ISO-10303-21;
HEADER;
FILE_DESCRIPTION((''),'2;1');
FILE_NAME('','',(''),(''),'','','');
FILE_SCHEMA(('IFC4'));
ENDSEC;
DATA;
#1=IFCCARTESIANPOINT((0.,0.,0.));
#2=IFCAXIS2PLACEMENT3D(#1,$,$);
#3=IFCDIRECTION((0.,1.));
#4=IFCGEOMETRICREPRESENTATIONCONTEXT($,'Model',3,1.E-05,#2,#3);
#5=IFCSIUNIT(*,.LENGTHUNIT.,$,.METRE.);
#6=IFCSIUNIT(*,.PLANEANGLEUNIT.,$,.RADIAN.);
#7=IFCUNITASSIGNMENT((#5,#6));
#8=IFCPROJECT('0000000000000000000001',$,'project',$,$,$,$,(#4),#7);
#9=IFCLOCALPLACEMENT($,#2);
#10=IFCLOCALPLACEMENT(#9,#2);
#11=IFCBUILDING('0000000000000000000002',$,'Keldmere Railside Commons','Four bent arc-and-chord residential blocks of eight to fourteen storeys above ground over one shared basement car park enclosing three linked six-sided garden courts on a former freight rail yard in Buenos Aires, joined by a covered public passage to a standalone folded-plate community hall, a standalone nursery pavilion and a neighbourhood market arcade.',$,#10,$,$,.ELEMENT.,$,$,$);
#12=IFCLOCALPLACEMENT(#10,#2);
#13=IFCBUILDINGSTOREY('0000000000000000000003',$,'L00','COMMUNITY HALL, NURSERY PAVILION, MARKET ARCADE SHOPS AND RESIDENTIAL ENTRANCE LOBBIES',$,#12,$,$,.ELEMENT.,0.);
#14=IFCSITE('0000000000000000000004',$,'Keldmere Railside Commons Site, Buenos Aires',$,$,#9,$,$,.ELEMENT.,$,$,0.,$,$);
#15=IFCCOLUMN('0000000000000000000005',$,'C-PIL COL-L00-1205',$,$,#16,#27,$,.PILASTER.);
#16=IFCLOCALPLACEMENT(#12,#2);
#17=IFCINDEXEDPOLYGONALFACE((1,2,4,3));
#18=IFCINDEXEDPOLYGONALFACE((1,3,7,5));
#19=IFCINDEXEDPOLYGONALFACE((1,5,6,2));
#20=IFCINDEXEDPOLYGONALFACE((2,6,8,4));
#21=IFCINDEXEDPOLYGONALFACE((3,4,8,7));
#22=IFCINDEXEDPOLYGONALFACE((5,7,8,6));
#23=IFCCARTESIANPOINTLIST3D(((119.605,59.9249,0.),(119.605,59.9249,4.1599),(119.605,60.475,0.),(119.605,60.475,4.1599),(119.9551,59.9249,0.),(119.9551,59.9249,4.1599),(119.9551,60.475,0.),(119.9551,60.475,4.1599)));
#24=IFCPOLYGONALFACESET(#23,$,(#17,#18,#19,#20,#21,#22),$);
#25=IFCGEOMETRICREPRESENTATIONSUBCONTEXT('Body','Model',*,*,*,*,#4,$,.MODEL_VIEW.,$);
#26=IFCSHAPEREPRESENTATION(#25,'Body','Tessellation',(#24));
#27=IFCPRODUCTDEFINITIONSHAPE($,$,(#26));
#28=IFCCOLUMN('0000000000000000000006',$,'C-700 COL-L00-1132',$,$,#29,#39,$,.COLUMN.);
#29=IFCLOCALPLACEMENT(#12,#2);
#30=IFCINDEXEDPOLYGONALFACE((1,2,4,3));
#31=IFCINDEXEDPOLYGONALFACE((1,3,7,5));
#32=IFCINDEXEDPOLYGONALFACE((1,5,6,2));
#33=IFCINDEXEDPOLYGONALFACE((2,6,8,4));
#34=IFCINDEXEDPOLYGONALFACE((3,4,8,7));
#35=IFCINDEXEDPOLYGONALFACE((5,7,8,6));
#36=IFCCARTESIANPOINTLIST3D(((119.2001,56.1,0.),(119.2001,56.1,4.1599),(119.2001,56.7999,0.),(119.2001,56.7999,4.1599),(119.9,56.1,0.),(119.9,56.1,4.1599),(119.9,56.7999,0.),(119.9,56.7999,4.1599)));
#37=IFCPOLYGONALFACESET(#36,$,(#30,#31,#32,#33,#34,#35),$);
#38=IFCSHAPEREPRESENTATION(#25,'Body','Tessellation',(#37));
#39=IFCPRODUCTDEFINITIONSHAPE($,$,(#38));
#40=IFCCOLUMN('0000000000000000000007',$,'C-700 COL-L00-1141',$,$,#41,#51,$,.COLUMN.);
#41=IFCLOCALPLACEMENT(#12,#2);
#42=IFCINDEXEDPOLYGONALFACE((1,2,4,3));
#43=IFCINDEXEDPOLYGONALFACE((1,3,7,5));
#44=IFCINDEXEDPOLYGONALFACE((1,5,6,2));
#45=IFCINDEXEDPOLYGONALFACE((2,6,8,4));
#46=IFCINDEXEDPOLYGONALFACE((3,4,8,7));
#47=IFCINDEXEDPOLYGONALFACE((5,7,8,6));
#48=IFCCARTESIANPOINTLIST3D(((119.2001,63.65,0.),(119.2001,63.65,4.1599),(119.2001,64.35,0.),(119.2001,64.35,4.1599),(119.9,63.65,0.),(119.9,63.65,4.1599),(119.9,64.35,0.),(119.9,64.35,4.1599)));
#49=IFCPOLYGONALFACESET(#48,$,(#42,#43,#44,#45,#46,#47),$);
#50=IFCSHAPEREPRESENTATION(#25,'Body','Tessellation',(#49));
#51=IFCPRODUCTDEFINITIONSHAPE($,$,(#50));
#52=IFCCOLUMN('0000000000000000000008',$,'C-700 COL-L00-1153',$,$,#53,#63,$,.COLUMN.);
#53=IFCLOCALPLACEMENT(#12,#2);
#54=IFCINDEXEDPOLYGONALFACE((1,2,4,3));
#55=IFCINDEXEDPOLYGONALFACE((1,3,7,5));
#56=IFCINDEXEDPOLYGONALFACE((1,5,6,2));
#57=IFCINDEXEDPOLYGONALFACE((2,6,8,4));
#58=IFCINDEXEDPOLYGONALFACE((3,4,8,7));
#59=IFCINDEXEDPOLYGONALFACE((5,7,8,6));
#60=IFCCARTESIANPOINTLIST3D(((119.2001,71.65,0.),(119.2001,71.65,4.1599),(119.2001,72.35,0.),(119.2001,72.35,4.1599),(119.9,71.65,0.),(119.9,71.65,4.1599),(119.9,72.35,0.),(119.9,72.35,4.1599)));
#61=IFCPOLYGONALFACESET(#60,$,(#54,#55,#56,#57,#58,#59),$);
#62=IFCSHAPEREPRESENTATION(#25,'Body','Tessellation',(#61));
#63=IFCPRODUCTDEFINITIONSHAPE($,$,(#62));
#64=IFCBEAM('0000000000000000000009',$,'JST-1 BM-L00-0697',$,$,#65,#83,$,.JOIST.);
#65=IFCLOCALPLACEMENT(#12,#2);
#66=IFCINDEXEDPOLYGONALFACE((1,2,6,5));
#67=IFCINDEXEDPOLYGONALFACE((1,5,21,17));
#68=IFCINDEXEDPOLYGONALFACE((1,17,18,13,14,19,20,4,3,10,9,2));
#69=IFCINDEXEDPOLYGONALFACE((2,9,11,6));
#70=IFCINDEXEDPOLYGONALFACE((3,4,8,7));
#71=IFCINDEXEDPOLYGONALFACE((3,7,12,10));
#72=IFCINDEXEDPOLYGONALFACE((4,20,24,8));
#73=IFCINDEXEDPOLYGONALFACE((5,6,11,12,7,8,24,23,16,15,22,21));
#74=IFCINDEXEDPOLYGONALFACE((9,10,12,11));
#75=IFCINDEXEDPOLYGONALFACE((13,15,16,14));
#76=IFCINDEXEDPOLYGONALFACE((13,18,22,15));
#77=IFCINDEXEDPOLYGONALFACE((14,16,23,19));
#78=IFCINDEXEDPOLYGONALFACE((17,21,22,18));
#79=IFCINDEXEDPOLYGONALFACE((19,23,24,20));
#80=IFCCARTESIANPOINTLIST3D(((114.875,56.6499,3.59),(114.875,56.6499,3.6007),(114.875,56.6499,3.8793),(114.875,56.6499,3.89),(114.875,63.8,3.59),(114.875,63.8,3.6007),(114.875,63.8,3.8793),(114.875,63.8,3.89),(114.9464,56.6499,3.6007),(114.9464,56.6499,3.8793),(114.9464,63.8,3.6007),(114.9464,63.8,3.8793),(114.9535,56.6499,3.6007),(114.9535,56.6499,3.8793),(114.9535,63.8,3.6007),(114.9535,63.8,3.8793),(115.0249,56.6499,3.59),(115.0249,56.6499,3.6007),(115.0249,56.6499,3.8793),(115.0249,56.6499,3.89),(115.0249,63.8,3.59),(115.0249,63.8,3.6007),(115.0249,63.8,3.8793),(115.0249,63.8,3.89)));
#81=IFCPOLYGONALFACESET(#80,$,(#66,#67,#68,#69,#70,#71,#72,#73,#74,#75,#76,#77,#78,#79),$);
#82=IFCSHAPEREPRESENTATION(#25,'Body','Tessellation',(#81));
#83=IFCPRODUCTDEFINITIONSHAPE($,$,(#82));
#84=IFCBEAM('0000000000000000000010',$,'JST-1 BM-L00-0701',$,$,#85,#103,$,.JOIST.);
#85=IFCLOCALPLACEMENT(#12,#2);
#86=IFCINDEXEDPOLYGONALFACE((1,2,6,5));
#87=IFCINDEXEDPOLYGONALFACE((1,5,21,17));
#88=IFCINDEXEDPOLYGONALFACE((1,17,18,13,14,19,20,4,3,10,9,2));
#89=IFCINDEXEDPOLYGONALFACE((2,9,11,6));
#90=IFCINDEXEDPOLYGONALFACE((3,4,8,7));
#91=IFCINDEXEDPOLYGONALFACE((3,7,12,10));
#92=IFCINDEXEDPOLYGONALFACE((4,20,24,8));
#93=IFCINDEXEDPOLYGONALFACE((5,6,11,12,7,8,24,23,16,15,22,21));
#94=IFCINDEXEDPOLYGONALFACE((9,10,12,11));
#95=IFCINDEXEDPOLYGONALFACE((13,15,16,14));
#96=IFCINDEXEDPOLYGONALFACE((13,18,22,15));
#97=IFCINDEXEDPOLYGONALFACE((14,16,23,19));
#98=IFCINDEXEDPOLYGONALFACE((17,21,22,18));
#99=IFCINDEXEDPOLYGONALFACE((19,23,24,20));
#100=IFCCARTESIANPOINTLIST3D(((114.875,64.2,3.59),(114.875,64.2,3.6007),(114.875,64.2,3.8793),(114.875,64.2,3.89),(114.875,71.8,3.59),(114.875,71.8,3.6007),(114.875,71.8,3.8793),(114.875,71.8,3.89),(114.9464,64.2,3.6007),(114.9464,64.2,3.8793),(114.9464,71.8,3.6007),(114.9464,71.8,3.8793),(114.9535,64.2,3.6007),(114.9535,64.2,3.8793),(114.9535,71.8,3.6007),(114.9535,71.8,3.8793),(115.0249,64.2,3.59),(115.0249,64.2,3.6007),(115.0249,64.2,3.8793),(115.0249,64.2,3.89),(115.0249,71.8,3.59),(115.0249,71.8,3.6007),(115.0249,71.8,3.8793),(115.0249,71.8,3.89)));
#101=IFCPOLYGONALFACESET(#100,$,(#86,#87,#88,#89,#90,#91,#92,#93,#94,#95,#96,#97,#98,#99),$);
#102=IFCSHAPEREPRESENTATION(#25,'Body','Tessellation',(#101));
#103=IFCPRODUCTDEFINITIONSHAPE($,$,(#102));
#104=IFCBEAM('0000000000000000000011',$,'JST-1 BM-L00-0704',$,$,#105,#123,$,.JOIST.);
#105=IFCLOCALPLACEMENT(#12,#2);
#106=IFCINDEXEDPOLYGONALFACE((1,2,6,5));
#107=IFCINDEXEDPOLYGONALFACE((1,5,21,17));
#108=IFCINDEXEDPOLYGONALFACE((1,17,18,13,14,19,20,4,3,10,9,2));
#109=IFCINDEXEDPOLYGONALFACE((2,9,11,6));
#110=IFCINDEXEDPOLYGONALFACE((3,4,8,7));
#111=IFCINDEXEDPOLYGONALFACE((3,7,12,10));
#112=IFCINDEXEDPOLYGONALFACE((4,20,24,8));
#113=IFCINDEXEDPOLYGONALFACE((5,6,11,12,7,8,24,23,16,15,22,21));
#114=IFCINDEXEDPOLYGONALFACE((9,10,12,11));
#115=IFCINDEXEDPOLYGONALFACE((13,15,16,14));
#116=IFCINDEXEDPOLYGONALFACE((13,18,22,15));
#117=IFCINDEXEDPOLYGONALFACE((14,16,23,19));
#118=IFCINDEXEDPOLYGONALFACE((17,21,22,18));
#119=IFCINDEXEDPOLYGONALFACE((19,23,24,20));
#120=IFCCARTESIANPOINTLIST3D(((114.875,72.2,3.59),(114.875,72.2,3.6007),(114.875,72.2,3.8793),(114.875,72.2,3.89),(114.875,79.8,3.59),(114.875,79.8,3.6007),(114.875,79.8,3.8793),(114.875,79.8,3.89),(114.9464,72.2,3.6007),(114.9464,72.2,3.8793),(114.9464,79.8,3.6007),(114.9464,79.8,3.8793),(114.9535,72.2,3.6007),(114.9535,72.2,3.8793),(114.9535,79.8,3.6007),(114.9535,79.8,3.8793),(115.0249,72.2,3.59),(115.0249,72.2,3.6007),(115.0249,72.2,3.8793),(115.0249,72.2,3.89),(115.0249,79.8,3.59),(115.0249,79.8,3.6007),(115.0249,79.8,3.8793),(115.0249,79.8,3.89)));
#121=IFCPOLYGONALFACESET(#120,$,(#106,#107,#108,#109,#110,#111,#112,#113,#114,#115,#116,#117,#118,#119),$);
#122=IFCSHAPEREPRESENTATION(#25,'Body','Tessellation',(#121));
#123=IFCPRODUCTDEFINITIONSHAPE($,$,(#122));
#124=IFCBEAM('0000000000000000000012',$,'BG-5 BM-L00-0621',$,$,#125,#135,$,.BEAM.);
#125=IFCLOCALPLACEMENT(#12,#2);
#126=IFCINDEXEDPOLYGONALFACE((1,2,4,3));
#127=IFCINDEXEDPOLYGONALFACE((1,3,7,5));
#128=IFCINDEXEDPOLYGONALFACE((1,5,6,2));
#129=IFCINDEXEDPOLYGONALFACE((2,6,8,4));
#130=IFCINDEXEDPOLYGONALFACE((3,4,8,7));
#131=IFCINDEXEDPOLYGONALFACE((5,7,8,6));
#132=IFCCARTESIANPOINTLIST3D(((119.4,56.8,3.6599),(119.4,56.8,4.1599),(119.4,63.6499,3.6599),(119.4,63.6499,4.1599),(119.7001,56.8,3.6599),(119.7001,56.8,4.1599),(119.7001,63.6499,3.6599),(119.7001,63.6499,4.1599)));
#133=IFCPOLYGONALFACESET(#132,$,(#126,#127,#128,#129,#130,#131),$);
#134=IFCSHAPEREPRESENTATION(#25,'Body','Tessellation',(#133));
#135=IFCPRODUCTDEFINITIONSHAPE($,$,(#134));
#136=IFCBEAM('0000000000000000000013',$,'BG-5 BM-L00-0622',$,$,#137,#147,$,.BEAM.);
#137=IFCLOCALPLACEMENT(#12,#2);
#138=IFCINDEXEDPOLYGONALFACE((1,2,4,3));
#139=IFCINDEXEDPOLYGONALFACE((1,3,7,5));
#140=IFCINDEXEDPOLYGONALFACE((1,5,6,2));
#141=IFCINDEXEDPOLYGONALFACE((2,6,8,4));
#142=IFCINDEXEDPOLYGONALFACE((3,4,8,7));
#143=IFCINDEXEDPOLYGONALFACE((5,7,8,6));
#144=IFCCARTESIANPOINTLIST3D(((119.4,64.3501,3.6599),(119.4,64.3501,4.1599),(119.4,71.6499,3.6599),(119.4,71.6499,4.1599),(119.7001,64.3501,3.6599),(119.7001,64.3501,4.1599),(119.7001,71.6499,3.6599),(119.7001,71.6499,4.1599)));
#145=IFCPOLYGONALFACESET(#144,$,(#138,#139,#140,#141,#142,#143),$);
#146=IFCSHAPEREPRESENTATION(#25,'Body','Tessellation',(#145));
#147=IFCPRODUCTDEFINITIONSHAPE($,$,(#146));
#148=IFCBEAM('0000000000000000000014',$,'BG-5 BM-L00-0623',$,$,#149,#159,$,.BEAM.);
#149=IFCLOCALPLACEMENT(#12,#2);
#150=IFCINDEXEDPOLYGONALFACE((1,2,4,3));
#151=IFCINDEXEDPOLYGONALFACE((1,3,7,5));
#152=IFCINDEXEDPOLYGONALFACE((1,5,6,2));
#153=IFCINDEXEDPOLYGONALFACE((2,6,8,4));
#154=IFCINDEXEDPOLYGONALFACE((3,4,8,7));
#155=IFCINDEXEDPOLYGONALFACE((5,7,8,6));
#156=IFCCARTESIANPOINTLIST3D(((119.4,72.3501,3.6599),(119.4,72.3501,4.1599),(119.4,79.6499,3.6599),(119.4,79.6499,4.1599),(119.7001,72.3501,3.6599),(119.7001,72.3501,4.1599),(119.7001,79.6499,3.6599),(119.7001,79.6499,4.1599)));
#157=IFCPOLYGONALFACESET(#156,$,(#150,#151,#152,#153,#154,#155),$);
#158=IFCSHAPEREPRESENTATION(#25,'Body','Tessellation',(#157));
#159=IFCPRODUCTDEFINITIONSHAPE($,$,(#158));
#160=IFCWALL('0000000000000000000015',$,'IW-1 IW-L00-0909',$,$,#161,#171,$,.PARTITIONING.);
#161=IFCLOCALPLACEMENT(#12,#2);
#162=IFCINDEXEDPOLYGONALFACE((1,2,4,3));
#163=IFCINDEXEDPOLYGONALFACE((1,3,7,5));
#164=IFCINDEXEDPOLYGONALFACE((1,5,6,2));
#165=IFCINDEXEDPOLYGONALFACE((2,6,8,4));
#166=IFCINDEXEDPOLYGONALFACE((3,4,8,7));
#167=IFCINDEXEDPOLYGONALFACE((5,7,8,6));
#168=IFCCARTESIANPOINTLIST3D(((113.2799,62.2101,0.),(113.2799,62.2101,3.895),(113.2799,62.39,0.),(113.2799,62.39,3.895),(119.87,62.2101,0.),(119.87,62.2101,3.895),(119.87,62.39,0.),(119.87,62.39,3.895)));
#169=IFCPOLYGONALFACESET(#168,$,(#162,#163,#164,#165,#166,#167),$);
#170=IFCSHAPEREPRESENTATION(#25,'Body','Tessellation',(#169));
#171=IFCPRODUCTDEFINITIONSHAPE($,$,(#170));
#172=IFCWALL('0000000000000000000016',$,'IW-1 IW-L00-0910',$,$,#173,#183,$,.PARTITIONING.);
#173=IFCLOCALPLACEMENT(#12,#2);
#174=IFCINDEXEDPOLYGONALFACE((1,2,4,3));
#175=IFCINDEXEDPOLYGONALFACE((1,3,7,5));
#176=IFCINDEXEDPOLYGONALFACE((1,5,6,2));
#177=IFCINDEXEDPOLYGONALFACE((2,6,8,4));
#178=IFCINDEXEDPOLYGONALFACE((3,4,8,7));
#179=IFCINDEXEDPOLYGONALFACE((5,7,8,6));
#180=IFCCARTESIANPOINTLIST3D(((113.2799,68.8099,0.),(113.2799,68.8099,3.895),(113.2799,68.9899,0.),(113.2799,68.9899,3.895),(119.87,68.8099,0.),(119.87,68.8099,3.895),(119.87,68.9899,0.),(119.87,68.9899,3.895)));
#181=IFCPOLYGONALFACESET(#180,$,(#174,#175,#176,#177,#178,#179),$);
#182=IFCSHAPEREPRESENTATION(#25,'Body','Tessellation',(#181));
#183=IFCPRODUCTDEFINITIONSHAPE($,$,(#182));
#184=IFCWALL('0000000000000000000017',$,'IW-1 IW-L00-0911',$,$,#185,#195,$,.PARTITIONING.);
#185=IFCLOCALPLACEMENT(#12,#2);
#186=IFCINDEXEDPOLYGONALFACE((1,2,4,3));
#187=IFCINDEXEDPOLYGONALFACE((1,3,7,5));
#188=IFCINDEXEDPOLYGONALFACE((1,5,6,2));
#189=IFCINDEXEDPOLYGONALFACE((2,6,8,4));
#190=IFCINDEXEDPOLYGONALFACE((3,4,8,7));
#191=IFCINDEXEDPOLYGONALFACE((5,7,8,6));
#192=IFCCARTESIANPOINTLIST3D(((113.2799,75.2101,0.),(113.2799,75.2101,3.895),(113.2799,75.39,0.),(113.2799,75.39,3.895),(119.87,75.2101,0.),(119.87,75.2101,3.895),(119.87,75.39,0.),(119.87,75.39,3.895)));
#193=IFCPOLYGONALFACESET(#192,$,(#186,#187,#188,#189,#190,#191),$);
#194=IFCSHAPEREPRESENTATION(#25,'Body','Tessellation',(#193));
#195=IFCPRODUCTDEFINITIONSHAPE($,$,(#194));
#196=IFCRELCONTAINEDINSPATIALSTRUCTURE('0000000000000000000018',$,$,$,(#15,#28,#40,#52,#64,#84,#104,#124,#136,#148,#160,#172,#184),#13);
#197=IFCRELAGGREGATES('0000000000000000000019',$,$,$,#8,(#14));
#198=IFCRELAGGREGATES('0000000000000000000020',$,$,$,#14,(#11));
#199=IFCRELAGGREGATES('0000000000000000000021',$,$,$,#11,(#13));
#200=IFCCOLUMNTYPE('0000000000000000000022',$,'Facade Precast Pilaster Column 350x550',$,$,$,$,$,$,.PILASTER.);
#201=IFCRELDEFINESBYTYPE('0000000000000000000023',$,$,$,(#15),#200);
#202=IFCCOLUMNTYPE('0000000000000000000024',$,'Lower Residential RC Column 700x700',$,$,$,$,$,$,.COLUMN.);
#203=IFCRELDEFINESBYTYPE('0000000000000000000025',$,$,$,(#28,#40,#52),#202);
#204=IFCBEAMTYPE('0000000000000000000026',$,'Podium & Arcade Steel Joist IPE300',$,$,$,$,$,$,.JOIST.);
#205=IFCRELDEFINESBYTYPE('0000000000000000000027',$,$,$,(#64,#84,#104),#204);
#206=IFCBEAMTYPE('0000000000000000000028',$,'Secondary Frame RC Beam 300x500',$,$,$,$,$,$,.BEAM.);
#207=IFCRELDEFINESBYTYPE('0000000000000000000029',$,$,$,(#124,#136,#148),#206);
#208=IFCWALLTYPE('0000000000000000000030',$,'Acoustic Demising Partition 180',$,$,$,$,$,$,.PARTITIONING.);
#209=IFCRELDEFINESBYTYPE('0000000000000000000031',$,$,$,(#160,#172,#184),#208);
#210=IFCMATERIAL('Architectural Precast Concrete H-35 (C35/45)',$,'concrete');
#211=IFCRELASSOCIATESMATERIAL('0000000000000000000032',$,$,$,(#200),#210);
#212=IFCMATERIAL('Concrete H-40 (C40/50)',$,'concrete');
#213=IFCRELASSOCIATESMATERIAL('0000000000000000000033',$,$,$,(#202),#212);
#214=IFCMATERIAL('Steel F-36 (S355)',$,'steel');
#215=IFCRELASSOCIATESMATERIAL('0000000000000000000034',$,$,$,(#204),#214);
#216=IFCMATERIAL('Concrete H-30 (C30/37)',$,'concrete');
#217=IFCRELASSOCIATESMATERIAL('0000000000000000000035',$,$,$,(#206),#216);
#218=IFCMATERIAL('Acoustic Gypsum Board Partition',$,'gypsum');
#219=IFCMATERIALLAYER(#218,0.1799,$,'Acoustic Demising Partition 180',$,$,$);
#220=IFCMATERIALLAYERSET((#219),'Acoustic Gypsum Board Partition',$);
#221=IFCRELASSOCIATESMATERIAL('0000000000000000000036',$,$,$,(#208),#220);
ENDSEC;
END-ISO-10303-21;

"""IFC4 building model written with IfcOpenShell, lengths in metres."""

from ifc_helpers import new_model, si_unit, direction, frame, frame_2d, origin, origin_2d, place, context, subcontext, project, spatial, rectangle, i_section, extrude, material, layer, layer_set, material_profile, profile_set, type_object, element, save


model = new_model("IFC4")

# Units and contexts
model_context = context("Model", 3, precision=1e-05, world=origin(), true_north=direction((0.0, 1.0)))
body_context = subcontext(model_context, "Body", "Model", "MODEL_VIEW")
ifc_project = project(units=[si_unit("LENGTHUNIT", "METRE"), si_unit("PLANEANGLEUNIT", "RADIAN")], contexts=[model_context])

# Site, building, storey
site_placement = place(None, origin())
site = spatial("IfcSite", under=ifc_project, at=site_placement, Name="Keldmere Railside Commons Site, Buenos Aires", CompositionType="ELEMENT", RefElevation=0.0)
building_placement = place(site_placement, origin())
building = spatial("IfcBuilding", under=site, at=building_placement, Name="Keldmere Railside Commons", Description="Four bent arc-and-chord residential blocks of eight to fourteen storeys above ground over one shared basement car park enclosing three linked six-sided garden courts on a former freight rail yard in Buenos Aires, joined by a covered public passage to a standalone folded-plate community hall, a standalone nursery pavilion and a neighbourhood market arcade.", CompositionType="ELEMENT")
storey_placement = place(building_placement, origin())
storey = spatial("IfcBuildingStorey", under=building, at=storey_placement, Name="L00", Description="COMMUNITY HALL, NURSERY PAVILION, MARKET ARCADE SHOPS AND RESIDENTIAL ENTRANCE LOBBIES", CompositionType="ELEMENT", Elevation=0.0)

# Columns
ifc_material_1 = material(Name="Architectural Precast Concrete H-35 (C35/45)", Category="concrete")
ifc_material_profile_1 = material_profile(ifc_material_1, rectangle(XDim=0.3501, YDim=0.55, at=origin_2d()), Name="RC-350x550")
ifc_profile_set_1 = profile_set([ifc_material_profile_1], Name="Architectural Precast Concrete H-35 (C35/45)")
column_type_1 = type_object("IfcColumnType", Name="Facade Precast Pilaster Column 350x550", PredefinedType="PILASTER", material=ifc_profile_set_1)
column_placement = place(storey_placement, frame((119.78, 60.2, 0.0), z_axis=(0.0, 0.0, 1.0), x_axis=(1.0, 0.0, 0.0)))
element("IfcColumn", 1, at=column_placement, inside=storey, type_object=column_type_1, Name="C-PIL COL-L00-1205", PredefinedType="PILASTER", context=body_context, shape_type="SweptSolid", body=[
    extrude(rectangle(XDim=0.3501, YDim=0.55, at=origin_2d()), origin(), (0.0, 0.0, 1.0), 4.1599),
])
ifc_material_2 = material(Name="Concrete H-40 (C40/50)", Category="concrete")
ifc_material_profile_2 = material_profile(ifc_material_2, rectangle(XDim=0.7, YDim=0.7, at=origin_2d()), Name="RC-700x700")
ifc_profile_set_2 = profile_set([ifc_material_profile_2], Name="Concrete H-40 (C40/50)")
column_type_2 = type_object("IfcColumnType", Name="Lower Residential RC Column 700x700", PredefinedType="COLUMN", material=ifc_profile_set_2)
for number, where, z_axis, x_axis, name in (
    (2, (119.55, 56.45, 0.0), (0.0, 0.0, 1.0), (1.0, 0.0, 0.0), "C-700 COL-L00-1132"),
    (3, (119.55, 64.0, 0.0), (0.0, 0.0, 1.0), (1.0, 0.0, 0.0), "C-700 COL-L00-1141"),
    (4, (119.55, 72.0, 0.0), (0.0, 0.0, 1.0), (1.0, 0.0, 0.0), "C-700 COL-L00-1153"),
):
    element("IfcColumn", number, at=place(storey_placement, frame(where, z_axis=z_axis, x_axis=x_axis)), inside=storey, type_object=column_type_2, Name=name, PredefinedType="COLUMN", context=body_context, shape_type="SweptSolid", body=[
        extrude(rectangle(XDim=0.7, YDim=0.7, at=origin_2d()), origin(), (0.0, 0.0, 1.0), 4.1599),
    ])

# Beams
ifc_material_3 = material(Name="Steel F-36 (S355)", Category="steel")
ifc_material_profile_3 = material_profile(ifc_material_3, i_section(OverallWidth=0.1499, OverallDepth=0.3, WebThickness=0.0071, FlangeThickness=0.0107, at=origin_2d()), Name="IPE-300")
ifc_profile_set_3 = profile_set([ifc_material_profile_3], Name="Steel F-36 (S355)")
beam_type_1 = type_object("IfcBeamType", Name="Podium & Arcade Steel Joist IPE300", PredefinedType="JOIST", material=ifc_profile_set_3)
beam_1_placement = place(storey_placement, frame((114.95, 56.6499, 3.74), z_axis=(0.0, 1.0, 0.0), x_axis=(-1.0, 0.0, 0.0)))
element("IfcBeam", 5, at=beam_1_placement, inside=storey, type_object=beam_type_1, Name="JST-1 BM-L00-0697", PredefinedType="JOIST", context=body_context, shape_type="SweptSolid", body=[
    extrude(i_section(OverallWidth=0.1499, OverallDepth=0.3, WebThickness=0.0071, FlangeThickness=0.0107, at=origin_2d()), origin(), (0.0, 0.0, 1.0), 7.1501),
])
for number, where, z_axis, x_axis, name in (
    (6, (114.95, 64.2, 3.74), (0.0, 1.0, 0.0), (-1.0, 0.0, 0.0), "JST-1 BM-L00-0701"),
    (7, (114.95, 72.2, 3.74), (0.0, 1.0, 0.0), (-1.0, 0.0, 0.0), "JST-1 BM-L00-0704"),
):
    element("IfcBeam", number, at=place(storey_placement, frame(where, z_axis=z_axis, x_axis=x_axis)), inside=storey, type_object=beam_type_1, Name=name, PredefinedType="JOIST", context=body_context, shape_type="SweptSolid", body=[
        extrude(i_section(OverallWidth=0.1499, OverallDepth=0.3, WebThickness=0.0071, FlangeThickness=0.0107, at=origin_2d()), origin(), (0.0, 0.0, 1.0), 7.6001),
    ])
ifc_material_4 = material(Name="Concrete H-30 (C30/37)", Category="concrete")
ifc_material_profile_4 = material_profile(ifc_material_4, rectangle(XDim=0.3, YDim=0.5, at=origin_2d()), Name="RC-300x500")
ifc_profile_set_4 = profile_set([ifc_material_profile_4], Name="Concrete H-30 (C30/37)")
beam_type_2 = type_object("IfcBeamType", Name="Secondary Frame RC Beam 300x500", PredefinedType="BEAM", material=ifc_profile_set_4)
beam_2_placement = place(storey_placement, frame((119.55, 56.8, 3.9099), z_axis=(0.0, 1.0, 0.0), x_axis=(-1.0, 0.0, 0.0)))
element("IfcBeam", 8, at=beam_2_placement, inside=storey, type_object=beam_type_2, Name="BG-5 BM-L00-0621", PredefinedType="BEAM", context=body_context, shape_type="SweptSolid", body=[
    extrude(rectangle(XDim=0.3, YDim=0.5, at=origin_2d()), origin(), (0.0, 0.0, 1.0), 6.8499),
])
for number, where, z_axis, x_axis, name in (
    (9, (119.55, 64.3501, 3.9099), (0.0, 1.0, 0.0), (-1.0, 0.0, 0.0), "BG-5 BM-L00-0622"),
    (10, (119.55, 72.3501, 3.9099), (0.0, 1.0, 0.0), (-1.0, 0.0, 0.0), "BG-5 BM-L00-0623"),
):
    element("IfcBeam", number, at=place(storey_placement, frame(where, z_axis=z_axis, x_axis=x_axis)), inside=storey, type_object=beam_type_2, Name=name, PredefinedType="BEAM", context=body_context, shape_type="SweptSolid", body=[
        extrude(rectangle(XDim=0.3, YDim=0.5, at=origin_2d()), origin(), (0.0, 0.0, 1.0), 7.2998),
    ])

# Walls
ifc_material_5 = material(Name="Acoustic Gypsum Board Partition", Category="gypsum")
ifc_layer_1 = layer(ifc_material_5, 0.1799, Name="Acoustic Demising Partition 180")
ifc_layer_set_1 = layer_set([ifc_layer_1], Name="Acoustic Gypsum Board Partition")
wall_type_1 = type_object("IfcWallType", Name="Acoustic Demising Partition 180", PredefinedType="PARTITIONING", material=ifc_layer_set_1)
for number, where, z_axis, x_axis, name in (
    (11, (113.28, 62.3, 0.0), (0.0, 0.0, 1.0), (1.0, 0.0, 0.0), "IW-1 IW-L00-0909"),
    (12, (113.28, 68.8999, 0.0), (0.0, 0.0, 1.0), (1.0, 0.0, 0.0), "IW-1 IW-L00-0910"),
    (13, (113.28, 75.3, 0.0), (0.0, 0.0, 1.0), (1.0, 0.0, 0.0), "IW-1 IW-L00-0911"),
):
    element("IfcWall", number, at=place(storey_placement, frame(where, z_axis=z_axis, x_axis=x_axis)), inside=storey, type_object=wall_type_1, Name=name, PredefinedType="PARTITIONING", context=body_context, shape_type="SweptSolid", body=[
        extrude(rectangle(XDim=6.5901, YDim=0.1799, at=frame_2d((3.2949, 0.0))), origin(), (0.0, 0.0, 1.0), 3.895),
    ])

save(model, "model.ifc")
